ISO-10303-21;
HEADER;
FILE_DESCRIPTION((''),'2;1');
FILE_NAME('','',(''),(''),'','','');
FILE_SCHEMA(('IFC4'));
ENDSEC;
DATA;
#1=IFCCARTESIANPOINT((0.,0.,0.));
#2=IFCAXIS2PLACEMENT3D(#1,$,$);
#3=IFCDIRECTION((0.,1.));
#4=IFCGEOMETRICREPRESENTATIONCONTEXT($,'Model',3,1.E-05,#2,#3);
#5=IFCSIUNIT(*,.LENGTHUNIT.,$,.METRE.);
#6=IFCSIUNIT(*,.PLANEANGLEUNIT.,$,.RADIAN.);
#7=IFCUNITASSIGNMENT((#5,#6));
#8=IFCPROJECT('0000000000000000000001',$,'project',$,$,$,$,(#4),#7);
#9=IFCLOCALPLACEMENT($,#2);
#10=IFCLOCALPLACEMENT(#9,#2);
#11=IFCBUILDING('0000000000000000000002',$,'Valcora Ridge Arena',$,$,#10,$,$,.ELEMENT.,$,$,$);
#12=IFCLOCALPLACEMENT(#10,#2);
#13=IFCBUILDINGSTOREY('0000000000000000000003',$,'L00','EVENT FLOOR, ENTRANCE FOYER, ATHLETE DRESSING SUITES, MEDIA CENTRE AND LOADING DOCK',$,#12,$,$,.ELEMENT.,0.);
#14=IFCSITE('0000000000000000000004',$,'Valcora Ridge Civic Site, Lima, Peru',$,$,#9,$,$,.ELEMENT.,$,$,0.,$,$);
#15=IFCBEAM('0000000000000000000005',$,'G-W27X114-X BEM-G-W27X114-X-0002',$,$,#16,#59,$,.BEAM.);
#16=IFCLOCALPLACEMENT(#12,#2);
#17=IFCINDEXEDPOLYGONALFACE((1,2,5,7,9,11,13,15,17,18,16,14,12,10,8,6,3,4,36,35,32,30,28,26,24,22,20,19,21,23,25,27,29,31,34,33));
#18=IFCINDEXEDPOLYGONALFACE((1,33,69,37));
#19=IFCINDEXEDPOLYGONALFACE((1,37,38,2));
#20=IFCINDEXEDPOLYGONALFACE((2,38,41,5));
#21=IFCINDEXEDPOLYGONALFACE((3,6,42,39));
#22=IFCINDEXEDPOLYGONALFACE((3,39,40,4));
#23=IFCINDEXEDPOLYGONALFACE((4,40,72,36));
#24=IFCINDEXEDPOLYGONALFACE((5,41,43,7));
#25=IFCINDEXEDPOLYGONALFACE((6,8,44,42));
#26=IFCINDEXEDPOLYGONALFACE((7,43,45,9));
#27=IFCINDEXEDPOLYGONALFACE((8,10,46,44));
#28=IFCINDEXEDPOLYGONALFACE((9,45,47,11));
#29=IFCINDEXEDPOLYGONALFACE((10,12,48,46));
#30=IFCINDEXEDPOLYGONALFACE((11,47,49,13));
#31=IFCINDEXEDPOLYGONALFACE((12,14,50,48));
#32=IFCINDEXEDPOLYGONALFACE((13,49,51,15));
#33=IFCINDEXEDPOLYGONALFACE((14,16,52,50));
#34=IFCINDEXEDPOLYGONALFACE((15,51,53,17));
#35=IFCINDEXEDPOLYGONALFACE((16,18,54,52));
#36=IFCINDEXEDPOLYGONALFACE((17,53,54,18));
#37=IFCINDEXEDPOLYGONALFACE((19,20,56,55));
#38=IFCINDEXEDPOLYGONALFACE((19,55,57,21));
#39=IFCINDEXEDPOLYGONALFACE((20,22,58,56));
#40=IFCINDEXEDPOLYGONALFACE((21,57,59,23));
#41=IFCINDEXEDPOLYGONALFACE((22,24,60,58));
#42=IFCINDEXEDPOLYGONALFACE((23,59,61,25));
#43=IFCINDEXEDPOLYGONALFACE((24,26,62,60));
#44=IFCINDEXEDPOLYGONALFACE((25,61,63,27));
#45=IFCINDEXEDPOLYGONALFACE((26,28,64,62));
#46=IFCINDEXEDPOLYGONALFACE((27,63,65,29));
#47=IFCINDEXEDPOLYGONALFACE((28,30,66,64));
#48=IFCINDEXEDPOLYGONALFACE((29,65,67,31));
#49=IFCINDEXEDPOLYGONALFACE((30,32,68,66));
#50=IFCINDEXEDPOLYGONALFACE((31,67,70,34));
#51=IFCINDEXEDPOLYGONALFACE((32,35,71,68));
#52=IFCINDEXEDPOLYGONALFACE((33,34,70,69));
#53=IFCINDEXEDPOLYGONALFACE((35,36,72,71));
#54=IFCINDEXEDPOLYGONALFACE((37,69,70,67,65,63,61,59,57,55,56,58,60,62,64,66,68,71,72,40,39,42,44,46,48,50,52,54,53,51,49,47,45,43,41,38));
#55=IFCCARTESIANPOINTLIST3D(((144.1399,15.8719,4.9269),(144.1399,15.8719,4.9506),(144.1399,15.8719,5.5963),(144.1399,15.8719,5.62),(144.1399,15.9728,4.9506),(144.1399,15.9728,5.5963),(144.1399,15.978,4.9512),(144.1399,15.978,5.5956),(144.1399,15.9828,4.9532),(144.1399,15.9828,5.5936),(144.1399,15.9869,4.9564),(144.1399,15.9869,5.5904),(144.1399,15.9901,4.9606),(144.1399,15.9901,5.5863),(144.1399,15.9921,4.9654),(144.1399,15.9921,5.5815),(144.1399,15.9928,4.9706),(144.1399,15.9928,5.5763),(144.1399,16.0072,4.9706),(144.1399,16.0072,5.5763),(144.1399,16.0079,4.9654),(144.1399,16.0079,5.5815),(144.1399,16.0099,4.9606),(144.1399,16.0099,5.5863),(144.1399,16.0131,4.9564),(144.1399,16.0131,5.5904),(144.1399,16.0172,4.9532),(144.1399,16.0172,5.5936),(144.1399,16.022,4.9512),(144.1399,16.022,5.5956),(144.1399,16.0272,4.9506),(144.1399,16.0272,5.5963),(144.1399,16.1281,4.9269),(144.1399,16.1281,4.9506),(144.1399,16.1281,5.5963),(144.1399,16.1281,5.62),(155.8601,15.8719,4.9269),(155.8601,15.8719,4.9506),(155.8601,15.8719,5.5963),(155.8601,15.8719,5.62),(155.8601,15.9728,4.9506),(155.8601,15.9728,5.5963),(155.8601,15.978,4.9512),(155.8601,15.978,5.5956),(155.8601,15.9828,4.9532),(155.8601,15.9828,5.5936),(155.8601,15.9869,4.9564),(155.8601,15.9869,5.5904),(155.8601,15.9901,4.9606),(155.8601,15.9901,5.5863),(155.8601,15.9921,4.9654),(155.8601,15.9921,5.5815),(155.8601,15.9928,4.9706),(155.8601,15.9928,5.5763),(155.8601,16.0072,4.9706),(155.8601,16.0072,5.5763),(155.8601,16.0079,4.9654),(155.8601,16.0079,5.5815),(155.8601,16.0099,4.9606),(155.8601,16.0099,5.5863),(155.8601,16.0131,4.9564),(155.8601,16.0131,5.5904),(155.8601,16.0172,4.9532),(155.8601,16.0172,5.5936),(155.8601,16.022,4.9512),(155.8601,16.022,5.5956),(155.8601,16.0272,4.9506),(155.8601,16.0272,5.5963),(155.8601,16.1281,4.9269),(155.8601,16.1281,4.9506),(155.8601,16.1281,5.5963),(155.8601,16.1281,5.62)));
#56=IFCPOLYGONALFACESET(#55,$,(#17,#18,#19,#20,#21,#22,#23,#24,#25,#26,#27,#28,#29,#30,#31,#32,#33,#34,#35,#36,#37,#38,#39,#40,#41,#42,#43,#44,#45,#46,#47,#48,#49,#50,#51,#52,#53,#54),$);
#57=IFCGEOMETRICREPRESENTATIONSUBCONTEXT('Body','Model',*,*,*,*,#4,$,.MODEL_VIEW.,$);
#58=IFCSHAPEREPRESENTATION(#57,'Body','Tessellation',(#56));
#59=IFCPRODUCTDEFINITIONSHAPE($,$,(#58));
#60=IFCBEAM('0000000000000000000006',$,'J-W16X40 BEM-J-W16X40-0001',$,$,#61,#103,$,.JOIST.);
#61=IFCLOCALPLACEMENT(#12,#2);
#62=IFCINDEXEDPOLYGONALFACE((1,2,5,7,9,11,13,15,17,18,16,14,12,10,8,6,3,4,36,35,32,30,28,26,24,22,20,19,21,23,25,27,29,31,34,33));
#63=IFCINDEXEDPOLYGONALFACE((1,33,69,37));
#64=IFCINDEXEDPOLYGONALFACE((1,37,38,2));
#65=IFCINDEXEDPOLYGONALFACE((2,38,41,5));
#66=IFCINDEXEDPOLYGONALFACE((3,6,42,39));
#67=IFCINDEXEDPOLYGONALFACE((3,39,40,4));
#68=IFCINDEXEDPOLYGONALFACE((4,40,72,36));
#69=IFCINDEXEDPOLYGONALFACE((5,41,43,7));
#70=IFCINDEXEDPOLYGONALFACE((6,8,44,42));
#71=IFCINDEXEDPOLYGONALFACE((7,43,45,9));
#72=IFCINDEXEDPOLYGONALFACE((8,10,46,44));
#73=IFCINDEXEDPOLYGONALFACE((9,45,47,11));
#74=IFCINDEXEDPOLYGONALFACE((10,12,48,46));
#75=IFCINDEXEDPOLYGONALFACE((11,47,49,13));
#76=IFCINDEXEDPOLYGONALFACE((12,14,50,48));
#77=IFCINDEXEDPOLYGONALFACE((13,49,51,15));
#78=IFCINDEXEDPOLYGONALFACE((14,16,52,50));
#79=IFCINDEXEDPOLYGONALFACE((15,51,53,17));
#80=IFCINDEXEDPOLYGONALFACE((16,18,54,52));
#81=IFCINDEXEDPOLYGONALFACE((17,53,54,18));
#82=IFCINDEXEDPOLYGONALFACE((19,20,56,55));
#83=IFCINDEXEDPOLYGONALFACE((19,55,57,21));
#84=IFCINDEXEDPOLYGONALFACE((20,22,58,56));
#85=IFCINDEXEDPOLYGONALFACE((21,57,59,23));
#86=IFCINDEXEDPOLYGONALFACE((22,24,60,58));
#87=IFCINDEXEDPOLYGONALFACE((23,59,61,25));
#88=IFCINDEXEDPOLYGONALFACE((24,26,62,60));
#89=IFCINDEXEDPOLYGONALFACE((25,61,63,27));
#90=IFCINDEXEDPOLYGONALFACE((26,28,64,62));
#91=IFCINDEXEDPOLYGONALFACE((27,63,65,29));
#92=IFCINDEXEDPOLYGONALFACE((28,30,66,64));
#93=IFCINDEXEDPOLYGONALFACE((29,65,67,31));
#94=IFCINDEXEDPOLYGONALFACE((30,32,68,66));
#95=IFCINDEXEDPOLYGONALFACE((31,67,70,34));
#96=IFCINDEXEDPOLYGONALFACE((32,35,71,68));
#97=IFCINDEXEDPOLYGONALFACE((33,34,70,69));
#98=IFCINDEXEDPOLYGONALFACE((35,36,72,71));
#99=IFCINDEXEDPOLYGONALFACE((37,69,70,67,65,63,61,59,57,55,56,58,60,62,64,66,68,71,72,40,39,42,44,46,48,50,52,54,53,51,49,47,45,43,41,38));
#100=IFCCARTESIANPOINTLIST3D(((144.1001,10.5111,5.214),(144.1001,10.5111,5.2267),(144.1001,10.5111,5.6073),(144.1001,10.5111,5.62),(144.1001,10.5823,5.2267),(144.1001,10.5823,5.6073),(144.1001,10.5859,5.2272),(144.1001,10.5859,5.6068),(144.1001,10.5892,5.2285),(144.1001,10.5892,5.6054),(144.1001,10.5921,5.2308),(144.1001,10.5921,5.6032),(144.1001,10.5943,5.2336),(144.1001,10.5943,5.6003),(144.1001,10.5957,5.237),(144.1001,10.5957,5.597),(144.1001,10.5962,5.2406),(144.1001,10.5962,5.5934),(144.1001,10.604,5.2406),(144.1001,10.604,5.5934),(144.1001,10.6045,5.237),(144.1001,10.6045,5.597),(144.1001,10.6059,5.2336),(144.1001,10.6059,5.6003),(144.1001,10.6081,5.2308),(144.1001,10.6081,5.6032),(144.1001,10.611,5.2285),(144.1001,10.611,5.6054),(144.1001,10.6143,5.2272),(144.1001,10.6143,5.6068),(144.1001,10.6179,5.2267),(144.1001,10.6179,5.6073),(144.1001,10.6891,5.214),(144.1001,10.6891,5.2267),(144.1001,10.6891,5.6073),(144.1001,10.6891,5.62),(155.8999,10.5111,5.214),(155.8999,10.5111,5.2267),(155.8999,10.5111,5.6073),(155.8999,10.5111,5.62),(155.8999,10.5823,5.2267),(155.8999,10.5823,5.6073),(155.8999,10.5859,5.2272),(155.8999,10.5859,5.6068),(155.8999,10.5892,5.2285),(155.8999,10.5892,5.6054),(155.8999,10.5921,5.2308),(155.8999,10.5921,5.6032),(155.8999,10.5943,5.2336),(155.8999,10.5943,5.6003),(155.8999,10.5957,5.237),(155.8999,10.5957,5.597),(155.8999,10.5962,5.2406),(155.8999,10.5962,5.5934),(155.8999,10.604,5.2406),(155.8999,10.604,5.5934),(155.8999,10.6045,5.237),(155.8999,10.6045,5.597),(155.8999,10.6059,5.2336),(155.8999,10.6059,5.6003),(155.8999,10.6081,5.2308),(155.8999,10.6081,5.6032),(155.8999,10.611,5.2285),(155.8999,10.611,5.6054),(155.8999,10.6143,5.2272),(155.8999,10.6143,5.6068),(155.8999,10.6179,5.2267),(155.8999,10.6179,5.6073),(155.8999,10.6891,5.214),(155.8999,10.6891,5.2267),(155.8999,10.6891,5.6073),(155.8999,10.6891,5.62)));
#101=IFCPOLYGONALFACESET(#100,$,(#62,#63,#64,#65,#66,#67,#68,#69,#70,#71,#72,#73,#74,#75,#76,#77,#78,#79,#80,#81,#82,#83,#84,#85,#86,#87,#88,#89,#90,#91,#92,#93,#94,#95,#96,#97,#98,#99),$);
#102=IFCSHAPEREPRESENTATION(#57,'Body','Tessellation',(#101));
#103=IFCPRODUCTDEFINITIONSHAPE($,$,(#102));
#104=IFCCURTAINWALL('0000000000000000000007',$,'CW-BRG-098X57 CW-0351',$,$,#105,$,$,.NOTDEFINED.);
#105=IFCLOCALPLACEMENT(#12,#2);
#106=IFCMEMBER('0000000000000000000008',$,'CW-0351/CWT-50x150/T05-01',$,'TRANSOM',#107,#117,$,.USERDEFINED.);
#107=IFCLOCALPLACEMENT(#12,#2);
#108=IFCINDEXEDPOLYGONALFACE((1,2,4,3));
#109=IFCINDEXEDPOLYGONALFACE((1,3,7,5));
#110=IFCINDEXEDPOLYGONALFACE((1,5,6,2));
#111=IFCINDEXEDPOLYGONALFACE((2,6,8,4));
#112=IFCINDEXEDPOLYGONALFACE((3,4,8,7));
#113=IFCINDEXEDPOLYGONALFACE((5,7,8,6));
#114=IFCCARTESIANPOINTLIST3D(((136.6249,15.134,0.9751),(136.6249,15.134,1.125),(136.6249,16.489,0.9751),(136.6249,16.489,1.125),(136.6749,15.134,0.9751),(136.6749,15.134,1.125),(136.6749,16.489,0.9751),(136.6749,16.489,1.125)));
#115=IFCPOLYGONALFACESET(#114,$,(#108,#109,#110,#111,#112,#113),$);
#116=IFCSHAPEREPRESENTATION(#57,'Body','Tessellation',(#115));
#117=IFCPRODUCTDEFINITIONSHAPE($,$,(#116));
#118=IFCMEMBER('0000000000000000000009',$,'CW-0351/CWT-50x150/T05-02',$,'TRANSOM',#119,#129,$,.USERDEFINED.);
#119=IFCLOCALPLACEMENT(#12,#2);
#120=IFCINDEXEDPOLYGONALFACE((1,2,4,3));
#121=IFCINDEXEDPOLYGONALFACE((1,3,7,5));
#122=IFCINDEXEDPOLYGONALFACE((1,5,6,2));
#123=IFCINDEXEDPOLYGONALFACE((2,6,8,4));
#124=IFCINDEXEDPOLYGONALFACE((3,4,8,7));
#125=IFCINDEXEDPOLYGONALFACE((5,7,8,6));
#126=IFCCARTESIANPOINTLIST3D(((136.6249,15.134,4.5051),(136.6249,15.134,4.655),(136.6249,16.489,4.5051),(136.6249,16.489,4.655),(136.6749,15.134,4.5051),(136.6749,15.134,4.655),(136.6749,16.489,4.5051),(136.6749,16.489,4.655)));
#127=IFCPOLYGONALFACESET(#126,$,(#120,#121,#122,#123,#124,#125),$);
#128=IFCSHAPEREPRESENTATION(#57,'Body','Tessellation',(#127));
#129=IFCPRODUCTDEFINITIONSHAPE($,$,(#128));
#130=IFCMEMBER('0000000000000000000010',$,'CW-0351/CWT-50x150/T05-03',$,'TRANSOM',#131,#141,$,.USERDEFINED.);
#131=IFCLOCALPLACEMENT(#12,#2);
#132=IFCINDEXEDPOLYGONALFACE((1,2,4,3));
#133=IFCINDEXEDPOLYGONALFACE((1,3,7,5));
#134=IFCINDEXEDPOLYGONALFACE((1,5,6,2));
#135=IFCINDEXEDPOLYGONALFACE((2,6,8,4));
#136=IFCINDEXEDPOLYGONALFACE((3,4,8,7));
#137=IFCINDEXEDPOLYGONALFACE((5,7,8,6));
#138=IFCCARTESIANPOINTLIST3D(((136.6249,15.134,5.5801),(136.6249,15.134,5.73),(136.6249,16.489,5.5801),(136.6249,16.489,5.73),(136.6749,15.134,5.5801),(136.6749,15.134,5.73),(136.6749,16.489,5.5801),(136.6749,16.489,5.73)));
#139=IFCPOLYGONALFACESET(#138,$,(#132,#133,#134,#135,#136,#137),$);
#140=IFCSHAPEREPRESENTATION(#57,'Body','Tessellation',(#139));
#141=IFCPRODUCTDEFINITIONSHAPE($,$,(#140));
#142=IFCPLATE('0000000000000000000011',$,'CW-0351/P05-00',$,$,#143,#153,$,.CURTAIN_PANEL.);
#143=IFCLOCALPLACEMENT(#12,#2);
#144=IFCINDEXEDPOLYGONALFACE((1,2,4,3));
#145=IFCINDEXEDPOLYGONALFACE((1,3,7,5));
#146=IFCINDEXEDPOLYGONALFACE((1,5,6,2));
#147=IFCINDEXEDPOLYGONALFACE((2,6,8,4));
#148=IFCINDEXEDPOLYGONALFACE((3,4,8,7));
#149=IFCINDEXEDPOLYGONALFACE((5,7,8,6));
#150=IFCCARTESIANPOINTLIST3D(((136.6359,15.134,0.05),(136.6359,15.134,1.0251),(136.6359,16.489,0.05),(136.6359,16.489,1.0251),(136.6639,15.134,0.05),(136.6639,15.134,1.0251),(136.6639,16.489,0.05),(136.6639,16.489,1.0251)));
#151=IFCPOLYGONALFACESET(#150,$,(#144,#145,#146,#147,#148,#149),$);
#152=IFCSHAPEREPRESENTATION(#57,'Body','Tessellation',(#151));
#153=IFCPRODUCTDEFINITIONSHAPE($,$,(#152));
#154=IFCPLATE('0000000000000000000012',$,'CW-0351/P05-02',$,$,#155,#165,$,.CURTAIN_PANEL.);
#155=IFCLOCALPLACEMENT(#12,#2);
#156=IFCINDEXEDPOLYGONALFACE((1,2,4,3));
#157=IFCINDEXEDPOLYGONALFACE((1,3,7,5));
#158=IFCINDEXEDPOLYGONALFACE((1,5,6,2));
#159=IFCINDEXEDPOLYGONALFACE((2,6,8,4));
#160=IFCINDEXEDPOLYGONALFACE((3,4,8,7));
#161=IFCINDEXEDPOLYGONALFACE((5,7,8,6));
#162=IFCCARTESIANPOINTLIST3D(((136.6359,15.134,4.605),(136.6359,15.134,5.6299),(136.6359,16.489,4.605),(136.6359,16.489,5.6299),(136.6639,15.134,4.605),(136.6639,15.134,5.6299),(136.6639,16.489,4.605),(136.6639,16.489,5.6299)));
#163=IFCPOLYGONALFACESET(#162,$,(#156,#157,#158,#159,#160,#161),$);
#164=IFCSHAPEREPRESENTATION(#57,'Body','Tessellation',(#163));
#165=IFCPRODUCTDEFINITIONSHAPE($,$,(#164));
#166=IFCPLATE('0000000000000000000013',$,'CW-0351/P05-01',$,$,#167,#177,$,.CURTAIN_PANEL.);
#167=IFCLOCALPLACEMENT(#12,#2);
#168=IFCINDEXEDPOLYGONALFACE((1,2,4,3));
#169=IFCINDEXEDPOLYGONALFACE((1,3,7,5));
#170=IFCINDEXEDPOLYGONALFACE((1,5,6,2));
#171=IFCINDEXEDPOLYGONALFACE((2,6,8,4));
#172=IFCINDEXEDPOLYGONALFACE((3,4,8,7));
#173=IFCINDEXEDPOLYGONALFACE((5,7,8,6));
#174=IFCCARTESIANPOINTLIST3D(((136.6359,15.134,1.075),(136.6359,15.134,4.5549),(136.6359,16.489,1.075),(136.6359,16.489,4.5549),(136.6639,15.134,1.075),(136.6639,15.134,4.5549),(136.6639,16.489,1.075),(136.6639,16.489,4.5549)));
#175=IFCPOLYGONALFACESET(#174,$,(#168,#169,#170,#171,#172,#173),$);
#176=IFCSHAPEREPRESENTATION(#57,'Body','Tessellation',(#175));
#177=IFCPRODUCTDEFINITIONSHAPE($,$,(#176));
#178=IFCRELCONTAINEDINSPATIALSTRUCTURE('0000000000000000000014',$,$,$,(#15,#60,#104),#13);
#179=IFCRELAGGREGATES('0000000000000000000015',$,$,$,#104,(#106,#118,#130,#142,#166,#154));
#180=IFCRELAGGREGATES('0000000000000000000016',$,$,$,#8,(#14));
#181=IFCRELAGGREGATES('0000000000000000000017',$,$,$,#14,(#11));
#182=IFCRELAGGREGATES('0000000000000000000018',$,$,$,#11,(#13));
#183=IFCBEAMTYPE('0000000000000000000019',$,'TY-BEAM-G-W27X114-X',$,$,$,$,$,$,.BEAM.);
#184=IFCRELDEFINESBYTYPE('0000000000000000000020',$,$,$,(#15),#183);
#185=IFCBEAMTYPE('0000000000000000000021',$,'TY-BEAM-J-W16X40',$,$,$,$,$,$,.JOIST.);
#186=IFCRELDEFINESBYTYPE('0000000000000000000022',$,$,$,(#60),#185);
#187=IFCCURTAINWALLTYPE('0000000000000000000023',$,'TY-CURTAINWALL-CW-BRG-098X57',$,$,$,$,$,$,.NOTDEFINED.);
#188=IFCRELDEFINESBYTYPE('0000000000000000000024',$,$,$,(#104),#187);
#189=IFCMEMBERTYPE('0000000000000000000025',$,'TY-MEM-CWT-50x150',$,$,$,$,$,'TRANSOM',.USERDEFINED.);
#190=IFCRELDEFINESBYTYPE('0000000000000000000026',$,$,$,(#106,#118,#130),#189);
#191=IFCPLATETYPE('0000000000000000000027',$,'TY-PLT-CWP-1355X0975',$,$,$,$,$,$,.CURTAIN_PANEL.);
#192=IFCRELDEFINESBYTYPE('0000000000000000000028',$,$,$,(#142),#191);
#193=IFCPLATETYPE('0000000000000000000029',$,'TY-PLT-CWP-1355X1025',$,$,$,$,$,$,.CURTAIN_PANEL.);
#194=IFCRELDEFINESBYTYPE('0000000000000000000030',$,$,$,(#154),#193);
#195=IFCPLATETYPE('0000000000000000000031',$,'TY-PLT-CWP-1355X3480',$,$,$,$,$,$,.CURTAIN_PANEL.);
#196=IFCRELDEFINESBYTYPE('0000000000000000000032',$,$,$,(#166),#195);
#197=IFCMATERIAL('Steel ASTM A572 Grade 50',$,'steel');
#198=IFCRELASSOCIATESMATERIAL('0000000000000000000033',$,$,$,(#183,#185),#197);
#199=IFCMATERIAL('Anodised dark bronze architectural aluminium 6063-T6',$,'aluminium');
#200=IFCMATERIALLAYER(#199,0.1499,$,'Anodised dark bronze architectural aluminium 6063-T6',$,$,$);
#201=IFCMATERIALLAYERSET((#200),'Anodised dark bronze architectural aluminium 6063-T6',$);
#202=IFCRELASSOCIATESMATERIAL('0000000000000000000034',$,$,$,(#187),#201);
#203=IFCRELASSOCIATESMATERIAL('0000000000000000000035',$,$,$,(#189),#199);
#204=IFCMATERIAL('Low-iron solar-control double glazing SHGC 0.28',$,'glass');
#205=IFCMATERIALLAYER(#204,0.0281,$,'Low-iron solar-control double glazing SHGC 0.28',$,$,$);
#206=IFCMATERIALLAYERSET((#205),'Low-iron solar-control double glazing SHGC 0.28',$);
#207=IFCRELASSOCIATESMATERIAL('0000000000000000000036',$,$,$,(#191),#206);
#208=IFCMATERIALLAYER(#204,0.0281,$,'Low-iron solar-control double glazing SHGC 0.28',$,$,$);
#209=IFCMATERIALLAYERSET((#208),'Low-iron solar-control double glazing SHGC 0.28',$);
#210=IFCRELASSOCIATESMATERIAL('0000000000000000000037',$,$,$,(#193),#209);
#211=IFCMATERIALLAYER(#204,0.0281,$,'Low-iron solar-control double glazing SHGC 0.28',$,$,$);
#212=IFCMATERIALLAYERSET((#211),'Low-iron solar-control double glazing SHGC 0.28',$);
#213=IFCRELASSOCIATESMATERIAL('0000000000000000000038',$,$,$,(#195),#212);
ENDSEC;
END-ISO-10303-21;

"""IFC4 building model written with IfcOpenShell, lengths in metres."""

from ifc_helpers import new_model, si_unit, direction, frame, origin, origin_2d, place, context, subcontext, project, spatial, rectangle, i_section, extrude, material, layer, layer_set, material_profile, profile_set, type_object, element, aggregate, save


model = new_model("IFC4")

# Units and contexts
model_context = context("Model", 3, precision=1e-05, world=origin(), true_north=direction((0.0, 1.0)))
body_context = subcontext(model_context, "Body", "Model", "MODEL_VIEW")
ifc_project = project(units=[si_unit("LENGTHUNIT", "METRE"), si_unit("PLANEANGLEUNIT", "RADIAN")], contexts=[model_context])

# Site, building, storey
site_placement = place(None, origin())
site = spatial("IfcSite", under=ifc_project, at=site_placement, Name="Valcora Ridge Civic Site, Lima, Peru", CompositionType="ELEMENT", RefElevation=0.0)
building_placement = place(site_placement, origin())
building = spatial("IfcBuilding", under=site, at=building_placement, Name="Valcora Ridge Arena", CompositionType="ELEMENT")
storey_placement = place(building_placement, origin())
storey = spatial("IfcBuildingStorey", under=building, at=storey_placement, Name="L00", Description="EVENT FLOOR, ENTRANCE FOYER, ATHLETE DRESSING SUITES, MEDIA CENTRE AND LOADING DOCK", CompositionType="ELEMENT", Elevation=0.0)

# Shared definitions
ifc_material_1 = material(Name="Steel ASTM A572 Grade 50", Category="steel")

# Beams
ifc_material_profile_1 = material_profile(ifc_material_1, i_section(OverallWidth=0.2561, OverallDepth=0.6931, WebThickness=0.0144, FlangeThickness=0.0237, FilletRadius=0.02, at=origin_2d()), Name="W27X114")
ifc_profile_set_1 = profile_set([ifc_material_profile_1], Name="Steel ASTM A572 Grade 50")
beam_type_1 = type_object("IfcBeamType", Name="TY-BEAM-G-W27X114-X", PredefinedType="BEAM", material=ifc_profile_set_1)
beam_1_placement = place(storey_placement, frame((144.1399, 16.0, 5.2734), z_axis=(1.0, 0.0, 0.0), x_axis=(0.0, 1.0, 0.0)))
element("IfcBeam", 1, at=beam_1_placement, inside=storey, type_object=beam_type_1, Name="G-W27X114-X BEM-G-W27X114-X-0002", PredefinedType="BEAM", context=body_context, shape_type="SweptSolid", body=[
    extrude(i_section(OverallWidth=0.2561, OverallDepth=0.6931, WebThickness=0.0144, FlangeThickness=0.0237, FilletRadius=0.02, at=origin_2d()), origin(), (0.0, 0.0, 1.0), 11.7202),
])
ifc_material_profile_2 = material_profile(ifc_material_1, i_section(OverallWidth=0.178, OverallDepth=0.406, WebThickness=0.0078, FlangeThickness=0.0127, FilletRadius=0.0139, at=origin_2d()), Name="W16X40")
ifc_profile_set_2 = profile_set([ifc_material_profile_2], Name="Steel ASTM A572 Grade 50")
beam_type_2 = type_object("IfcBeamType", Name="TY-BEAM-J-W16X40", PredefinedType="JOIST", material=ifc_profile_set_2)
beam_2_placement = place(storey_placement, frame((144.1001, 10.6001, 5.417), z_axis=(1.0, 0.0, 0.0), x_axis=(0.0, 1.0, 0.0)))
element("IfcBeam", 2, at=beam_2_placement, inside=storey, type_object=beam_type_2, Name="J-W16X40 BEM-J-W16X40-0001", PredefinedType="JOIST", context=body_context, shape_type="SweptSolid", body=[
    extrude(i_section(OverallWidth=0.178, OverallDepth=0.406, WebThickness=0.0078, FlangeThickness=0.0127, FilletRadius=0.0139, at=origin_2d()), origin(), (0.0, 0.0, 1.0), 11.7998),
])

# Curtain wall, members, plates
ifc_material_2 = material(Name="Anodised dark bronze architectural aluminium 6063-T6", Category="aluminium")
ifc_layer_1 = layer(ifc_material_2, 0.1499, Name="Anodised dark bronze architectural aluminium 6063-T6")
ifc_layer_set_1 = layer_set([ifc_layer_1], Name="Anodised dark bronze architectural aluminium 6063-T6")
curtain_wall_type = type_object("IfcCurtainWallType", Name="TY-CURTAINWALL-CW-BRG-098X57", PredefinedType="NOTDEFINED", material=ifc_layer_set_1)
curtain_wall_placement = place(storey_placement, origin())
curtain_wall = element("IfcCurtainWall", 3, at=curtain_wall_placement, inside=storey, type_object=curtain_wall_type, Name="CW-BRG-098X57 CW-0351", PredefinedType="NOTDEFINED")
ifc_material_profile_3 = material_profile(ifc_material_2, rectangle(XDim=0.05, YDim=0.1499, at=origin_2d()), Name="ALU TRANSOM 50x150")
ifc_profile_set_3 = profile_set([ifc_material_profile_3], Name="Anodised dark bronze architectural aluminium 6063-T6")
member_type = type_object("IfcMemberType", Name="TY-MEM-CWT-50x150", ElementType="TRANSOM", PredefinedType="USERDEFINED", material=ifc_profile_set_3)
member_1_placement = place(storey_placement, frame((136.6499, 15.134, 1.05), z_axis=(0.0, 1.0, 0.0), x_axis=(-1.0, 0.0, 0.0)))
member_1 = element("IfcMember", 4, at=member_1_placement, type_object=member_type, Name="CW-0351/CWT-50x150/T05-01", ObjectType="TRANSOM", PredefinedType="USERDEFINED", context=body_context, shape_type="SweptSolid", body=[
    extrude(rectangle(XDim=0.05, YDim=0.1499, at=origin_2d()), origin(), (0.0, 0.0, 1.0), 1.355),
])
member_2_placement = place(storey_placement, frame((136.6499, 15.134, 4.5801), z_axis=(0.0, 1.0, 0.0), x_axis=(-1.0, 0.0, 0.0)))
member_2 = element("IfcMember", 5, at=member_2_placement, type_object=member_type, Name="CW-0351/CWT-50x150/T05-02", ObjectType="TRANSOM", PredefinedType="USERDEFINED", context=body_context, shape_type="SweptSolid", body=[
    extrude(rectangle(XDim=0.05, YDim=0.1499, at=origin_2d()), origin(), (0.0, 0.0, 1.0), 1.355),
])
member_3_placement = place(storey_placement, frame((136.6499, 15.134, 5.655), z_axis=(0.0, 1.0, 0.0), x_axis=(-1.0, 0.0, 0.0)))
member_3 = element("IfcMember", 6, at=member_3_placement, type_object=member_type, Name="CW-0351/CWT-50x150/T05-03", ObjectType="TRANSOM", PredefinedType="USERDEFINED", context=body_context, shape_type="SweptSolid", body=[
    extrude(rectangle(XDim=0.05, YDim=0.1499, at=origin_2d()), origin(), (0.0, 0.0, 1.0), 1.355),
])
ifc_material_3 = material(Name="Low-iron solar-control double glazing SHGC 0.28", Category="glass")
ifc_layer_2 = layer(ifc_material_3, 0.0281, Name="Low-iron solar-control double glazing SHGC 0.28")
ifc_layer_set_2 = layer_set([ifc_layer_2], Name="Low-iron solar-control double glazing SHGC 0.28")
plate_type_1 = type_object("IfcPlateType", Name="TY-PLT-CWP-1355X0975", PredefinedType="CURTAIN_PANEL", material=ifc_layer_set_2)
plate_1_placement = place(storey_placement, frame((136.6499, 15.8115, 0.05), z_axis=(0.0, 0.0, 1.0), x_axis=(0.0, 1.0, 0.0)))
plate_1 = element("IfcPlate", 7, at=plate_1_placement, type_object=plate_type_1, Name="CW-0351/P05-00", PredefinedType="CURTAIN_PANEL", context=body_context, shape_type="SweptSolid", body=[
    extrude(rectangle(XDim=1.355, YDim=0.0281, at=origin_2d()), origin(), (0.0, 0.0, 1.0), 0.9751),
])
ifc_layer_3 = layer(ifc_material_3, 0.0281, Name="Low-iron solar-control double glazing SHGC 0.28")
ifc_layer_set_3 = layer_set([ifc_layer_3], Name="Low-iron solar-control double glazing SHGC 0.28")
plate_type_2 = type_object("IfcPlateType", Name="TY-PLT-CWP-1355X1025", PredefinedType="CURTAIN_PANEL", material=ifc_layer_set_3)
plate_2_placement = place(storey_placement, frame((136.6499, 15.8115, 4.605), z_axis=(0.0, 0.0, 1.0), x_axis=(0.0, 1.0, 0.0)))
plate_2 = element("IfcPlate", 8, at=plate_2_placement, type_object=plate_type_2, Name="CW-0351/P05-02", PredefinedType="CURTAIN_PANEL", context=body_context, shape_type="SweptSolid", body=[
    extrude(rectangle(XDim=1.355, YDim=0.0281, at=origin_2d()), origin(), (0.0, 0.0, 1.0), 1.0249),
])
ifc_layer_4 = layer(ifc_material_3, 0.0281, Name="Low-iron solar-control double glazing SHGC 0.28")
ifc_layer_set_4 = layer_set([ifc_layer_4], Name="Low-iron solar-control double glazing SHGC 0.28")
plate_type_3 = type_object("IfcPlateType", Name="TY-PLT-CWP-1355X3480", PredefinedType="CURTAIN_PANEL", material=ifc_layer_set_4)
plate_3_placement = place(storey_placement, frame((136.6499, 15.8115, 1.075), z_axis=(0.0, 0.0, 1.0), x_axis=(0.0, 1.0, 0.0)))
plate_3 = element("IfcPlate", 9, at=plate_3_placement, type_object=plate_type_3, Name="CW-0351/P05-01", PredefinedType="CURTAIN_PANEL", context=body_context, shape_type="SweptSolid", body=[
    extrude(rectangle(XDim=1.355, YDim=0.0281, at=origin_2d()), origin(), (0.0, 0.0, 1.0), 3.48),
])
aggregate(curtain_wall, [member_1, member_2, member_3, plate_1, plate_3, plate_2])

save(model, "model.ifc")
